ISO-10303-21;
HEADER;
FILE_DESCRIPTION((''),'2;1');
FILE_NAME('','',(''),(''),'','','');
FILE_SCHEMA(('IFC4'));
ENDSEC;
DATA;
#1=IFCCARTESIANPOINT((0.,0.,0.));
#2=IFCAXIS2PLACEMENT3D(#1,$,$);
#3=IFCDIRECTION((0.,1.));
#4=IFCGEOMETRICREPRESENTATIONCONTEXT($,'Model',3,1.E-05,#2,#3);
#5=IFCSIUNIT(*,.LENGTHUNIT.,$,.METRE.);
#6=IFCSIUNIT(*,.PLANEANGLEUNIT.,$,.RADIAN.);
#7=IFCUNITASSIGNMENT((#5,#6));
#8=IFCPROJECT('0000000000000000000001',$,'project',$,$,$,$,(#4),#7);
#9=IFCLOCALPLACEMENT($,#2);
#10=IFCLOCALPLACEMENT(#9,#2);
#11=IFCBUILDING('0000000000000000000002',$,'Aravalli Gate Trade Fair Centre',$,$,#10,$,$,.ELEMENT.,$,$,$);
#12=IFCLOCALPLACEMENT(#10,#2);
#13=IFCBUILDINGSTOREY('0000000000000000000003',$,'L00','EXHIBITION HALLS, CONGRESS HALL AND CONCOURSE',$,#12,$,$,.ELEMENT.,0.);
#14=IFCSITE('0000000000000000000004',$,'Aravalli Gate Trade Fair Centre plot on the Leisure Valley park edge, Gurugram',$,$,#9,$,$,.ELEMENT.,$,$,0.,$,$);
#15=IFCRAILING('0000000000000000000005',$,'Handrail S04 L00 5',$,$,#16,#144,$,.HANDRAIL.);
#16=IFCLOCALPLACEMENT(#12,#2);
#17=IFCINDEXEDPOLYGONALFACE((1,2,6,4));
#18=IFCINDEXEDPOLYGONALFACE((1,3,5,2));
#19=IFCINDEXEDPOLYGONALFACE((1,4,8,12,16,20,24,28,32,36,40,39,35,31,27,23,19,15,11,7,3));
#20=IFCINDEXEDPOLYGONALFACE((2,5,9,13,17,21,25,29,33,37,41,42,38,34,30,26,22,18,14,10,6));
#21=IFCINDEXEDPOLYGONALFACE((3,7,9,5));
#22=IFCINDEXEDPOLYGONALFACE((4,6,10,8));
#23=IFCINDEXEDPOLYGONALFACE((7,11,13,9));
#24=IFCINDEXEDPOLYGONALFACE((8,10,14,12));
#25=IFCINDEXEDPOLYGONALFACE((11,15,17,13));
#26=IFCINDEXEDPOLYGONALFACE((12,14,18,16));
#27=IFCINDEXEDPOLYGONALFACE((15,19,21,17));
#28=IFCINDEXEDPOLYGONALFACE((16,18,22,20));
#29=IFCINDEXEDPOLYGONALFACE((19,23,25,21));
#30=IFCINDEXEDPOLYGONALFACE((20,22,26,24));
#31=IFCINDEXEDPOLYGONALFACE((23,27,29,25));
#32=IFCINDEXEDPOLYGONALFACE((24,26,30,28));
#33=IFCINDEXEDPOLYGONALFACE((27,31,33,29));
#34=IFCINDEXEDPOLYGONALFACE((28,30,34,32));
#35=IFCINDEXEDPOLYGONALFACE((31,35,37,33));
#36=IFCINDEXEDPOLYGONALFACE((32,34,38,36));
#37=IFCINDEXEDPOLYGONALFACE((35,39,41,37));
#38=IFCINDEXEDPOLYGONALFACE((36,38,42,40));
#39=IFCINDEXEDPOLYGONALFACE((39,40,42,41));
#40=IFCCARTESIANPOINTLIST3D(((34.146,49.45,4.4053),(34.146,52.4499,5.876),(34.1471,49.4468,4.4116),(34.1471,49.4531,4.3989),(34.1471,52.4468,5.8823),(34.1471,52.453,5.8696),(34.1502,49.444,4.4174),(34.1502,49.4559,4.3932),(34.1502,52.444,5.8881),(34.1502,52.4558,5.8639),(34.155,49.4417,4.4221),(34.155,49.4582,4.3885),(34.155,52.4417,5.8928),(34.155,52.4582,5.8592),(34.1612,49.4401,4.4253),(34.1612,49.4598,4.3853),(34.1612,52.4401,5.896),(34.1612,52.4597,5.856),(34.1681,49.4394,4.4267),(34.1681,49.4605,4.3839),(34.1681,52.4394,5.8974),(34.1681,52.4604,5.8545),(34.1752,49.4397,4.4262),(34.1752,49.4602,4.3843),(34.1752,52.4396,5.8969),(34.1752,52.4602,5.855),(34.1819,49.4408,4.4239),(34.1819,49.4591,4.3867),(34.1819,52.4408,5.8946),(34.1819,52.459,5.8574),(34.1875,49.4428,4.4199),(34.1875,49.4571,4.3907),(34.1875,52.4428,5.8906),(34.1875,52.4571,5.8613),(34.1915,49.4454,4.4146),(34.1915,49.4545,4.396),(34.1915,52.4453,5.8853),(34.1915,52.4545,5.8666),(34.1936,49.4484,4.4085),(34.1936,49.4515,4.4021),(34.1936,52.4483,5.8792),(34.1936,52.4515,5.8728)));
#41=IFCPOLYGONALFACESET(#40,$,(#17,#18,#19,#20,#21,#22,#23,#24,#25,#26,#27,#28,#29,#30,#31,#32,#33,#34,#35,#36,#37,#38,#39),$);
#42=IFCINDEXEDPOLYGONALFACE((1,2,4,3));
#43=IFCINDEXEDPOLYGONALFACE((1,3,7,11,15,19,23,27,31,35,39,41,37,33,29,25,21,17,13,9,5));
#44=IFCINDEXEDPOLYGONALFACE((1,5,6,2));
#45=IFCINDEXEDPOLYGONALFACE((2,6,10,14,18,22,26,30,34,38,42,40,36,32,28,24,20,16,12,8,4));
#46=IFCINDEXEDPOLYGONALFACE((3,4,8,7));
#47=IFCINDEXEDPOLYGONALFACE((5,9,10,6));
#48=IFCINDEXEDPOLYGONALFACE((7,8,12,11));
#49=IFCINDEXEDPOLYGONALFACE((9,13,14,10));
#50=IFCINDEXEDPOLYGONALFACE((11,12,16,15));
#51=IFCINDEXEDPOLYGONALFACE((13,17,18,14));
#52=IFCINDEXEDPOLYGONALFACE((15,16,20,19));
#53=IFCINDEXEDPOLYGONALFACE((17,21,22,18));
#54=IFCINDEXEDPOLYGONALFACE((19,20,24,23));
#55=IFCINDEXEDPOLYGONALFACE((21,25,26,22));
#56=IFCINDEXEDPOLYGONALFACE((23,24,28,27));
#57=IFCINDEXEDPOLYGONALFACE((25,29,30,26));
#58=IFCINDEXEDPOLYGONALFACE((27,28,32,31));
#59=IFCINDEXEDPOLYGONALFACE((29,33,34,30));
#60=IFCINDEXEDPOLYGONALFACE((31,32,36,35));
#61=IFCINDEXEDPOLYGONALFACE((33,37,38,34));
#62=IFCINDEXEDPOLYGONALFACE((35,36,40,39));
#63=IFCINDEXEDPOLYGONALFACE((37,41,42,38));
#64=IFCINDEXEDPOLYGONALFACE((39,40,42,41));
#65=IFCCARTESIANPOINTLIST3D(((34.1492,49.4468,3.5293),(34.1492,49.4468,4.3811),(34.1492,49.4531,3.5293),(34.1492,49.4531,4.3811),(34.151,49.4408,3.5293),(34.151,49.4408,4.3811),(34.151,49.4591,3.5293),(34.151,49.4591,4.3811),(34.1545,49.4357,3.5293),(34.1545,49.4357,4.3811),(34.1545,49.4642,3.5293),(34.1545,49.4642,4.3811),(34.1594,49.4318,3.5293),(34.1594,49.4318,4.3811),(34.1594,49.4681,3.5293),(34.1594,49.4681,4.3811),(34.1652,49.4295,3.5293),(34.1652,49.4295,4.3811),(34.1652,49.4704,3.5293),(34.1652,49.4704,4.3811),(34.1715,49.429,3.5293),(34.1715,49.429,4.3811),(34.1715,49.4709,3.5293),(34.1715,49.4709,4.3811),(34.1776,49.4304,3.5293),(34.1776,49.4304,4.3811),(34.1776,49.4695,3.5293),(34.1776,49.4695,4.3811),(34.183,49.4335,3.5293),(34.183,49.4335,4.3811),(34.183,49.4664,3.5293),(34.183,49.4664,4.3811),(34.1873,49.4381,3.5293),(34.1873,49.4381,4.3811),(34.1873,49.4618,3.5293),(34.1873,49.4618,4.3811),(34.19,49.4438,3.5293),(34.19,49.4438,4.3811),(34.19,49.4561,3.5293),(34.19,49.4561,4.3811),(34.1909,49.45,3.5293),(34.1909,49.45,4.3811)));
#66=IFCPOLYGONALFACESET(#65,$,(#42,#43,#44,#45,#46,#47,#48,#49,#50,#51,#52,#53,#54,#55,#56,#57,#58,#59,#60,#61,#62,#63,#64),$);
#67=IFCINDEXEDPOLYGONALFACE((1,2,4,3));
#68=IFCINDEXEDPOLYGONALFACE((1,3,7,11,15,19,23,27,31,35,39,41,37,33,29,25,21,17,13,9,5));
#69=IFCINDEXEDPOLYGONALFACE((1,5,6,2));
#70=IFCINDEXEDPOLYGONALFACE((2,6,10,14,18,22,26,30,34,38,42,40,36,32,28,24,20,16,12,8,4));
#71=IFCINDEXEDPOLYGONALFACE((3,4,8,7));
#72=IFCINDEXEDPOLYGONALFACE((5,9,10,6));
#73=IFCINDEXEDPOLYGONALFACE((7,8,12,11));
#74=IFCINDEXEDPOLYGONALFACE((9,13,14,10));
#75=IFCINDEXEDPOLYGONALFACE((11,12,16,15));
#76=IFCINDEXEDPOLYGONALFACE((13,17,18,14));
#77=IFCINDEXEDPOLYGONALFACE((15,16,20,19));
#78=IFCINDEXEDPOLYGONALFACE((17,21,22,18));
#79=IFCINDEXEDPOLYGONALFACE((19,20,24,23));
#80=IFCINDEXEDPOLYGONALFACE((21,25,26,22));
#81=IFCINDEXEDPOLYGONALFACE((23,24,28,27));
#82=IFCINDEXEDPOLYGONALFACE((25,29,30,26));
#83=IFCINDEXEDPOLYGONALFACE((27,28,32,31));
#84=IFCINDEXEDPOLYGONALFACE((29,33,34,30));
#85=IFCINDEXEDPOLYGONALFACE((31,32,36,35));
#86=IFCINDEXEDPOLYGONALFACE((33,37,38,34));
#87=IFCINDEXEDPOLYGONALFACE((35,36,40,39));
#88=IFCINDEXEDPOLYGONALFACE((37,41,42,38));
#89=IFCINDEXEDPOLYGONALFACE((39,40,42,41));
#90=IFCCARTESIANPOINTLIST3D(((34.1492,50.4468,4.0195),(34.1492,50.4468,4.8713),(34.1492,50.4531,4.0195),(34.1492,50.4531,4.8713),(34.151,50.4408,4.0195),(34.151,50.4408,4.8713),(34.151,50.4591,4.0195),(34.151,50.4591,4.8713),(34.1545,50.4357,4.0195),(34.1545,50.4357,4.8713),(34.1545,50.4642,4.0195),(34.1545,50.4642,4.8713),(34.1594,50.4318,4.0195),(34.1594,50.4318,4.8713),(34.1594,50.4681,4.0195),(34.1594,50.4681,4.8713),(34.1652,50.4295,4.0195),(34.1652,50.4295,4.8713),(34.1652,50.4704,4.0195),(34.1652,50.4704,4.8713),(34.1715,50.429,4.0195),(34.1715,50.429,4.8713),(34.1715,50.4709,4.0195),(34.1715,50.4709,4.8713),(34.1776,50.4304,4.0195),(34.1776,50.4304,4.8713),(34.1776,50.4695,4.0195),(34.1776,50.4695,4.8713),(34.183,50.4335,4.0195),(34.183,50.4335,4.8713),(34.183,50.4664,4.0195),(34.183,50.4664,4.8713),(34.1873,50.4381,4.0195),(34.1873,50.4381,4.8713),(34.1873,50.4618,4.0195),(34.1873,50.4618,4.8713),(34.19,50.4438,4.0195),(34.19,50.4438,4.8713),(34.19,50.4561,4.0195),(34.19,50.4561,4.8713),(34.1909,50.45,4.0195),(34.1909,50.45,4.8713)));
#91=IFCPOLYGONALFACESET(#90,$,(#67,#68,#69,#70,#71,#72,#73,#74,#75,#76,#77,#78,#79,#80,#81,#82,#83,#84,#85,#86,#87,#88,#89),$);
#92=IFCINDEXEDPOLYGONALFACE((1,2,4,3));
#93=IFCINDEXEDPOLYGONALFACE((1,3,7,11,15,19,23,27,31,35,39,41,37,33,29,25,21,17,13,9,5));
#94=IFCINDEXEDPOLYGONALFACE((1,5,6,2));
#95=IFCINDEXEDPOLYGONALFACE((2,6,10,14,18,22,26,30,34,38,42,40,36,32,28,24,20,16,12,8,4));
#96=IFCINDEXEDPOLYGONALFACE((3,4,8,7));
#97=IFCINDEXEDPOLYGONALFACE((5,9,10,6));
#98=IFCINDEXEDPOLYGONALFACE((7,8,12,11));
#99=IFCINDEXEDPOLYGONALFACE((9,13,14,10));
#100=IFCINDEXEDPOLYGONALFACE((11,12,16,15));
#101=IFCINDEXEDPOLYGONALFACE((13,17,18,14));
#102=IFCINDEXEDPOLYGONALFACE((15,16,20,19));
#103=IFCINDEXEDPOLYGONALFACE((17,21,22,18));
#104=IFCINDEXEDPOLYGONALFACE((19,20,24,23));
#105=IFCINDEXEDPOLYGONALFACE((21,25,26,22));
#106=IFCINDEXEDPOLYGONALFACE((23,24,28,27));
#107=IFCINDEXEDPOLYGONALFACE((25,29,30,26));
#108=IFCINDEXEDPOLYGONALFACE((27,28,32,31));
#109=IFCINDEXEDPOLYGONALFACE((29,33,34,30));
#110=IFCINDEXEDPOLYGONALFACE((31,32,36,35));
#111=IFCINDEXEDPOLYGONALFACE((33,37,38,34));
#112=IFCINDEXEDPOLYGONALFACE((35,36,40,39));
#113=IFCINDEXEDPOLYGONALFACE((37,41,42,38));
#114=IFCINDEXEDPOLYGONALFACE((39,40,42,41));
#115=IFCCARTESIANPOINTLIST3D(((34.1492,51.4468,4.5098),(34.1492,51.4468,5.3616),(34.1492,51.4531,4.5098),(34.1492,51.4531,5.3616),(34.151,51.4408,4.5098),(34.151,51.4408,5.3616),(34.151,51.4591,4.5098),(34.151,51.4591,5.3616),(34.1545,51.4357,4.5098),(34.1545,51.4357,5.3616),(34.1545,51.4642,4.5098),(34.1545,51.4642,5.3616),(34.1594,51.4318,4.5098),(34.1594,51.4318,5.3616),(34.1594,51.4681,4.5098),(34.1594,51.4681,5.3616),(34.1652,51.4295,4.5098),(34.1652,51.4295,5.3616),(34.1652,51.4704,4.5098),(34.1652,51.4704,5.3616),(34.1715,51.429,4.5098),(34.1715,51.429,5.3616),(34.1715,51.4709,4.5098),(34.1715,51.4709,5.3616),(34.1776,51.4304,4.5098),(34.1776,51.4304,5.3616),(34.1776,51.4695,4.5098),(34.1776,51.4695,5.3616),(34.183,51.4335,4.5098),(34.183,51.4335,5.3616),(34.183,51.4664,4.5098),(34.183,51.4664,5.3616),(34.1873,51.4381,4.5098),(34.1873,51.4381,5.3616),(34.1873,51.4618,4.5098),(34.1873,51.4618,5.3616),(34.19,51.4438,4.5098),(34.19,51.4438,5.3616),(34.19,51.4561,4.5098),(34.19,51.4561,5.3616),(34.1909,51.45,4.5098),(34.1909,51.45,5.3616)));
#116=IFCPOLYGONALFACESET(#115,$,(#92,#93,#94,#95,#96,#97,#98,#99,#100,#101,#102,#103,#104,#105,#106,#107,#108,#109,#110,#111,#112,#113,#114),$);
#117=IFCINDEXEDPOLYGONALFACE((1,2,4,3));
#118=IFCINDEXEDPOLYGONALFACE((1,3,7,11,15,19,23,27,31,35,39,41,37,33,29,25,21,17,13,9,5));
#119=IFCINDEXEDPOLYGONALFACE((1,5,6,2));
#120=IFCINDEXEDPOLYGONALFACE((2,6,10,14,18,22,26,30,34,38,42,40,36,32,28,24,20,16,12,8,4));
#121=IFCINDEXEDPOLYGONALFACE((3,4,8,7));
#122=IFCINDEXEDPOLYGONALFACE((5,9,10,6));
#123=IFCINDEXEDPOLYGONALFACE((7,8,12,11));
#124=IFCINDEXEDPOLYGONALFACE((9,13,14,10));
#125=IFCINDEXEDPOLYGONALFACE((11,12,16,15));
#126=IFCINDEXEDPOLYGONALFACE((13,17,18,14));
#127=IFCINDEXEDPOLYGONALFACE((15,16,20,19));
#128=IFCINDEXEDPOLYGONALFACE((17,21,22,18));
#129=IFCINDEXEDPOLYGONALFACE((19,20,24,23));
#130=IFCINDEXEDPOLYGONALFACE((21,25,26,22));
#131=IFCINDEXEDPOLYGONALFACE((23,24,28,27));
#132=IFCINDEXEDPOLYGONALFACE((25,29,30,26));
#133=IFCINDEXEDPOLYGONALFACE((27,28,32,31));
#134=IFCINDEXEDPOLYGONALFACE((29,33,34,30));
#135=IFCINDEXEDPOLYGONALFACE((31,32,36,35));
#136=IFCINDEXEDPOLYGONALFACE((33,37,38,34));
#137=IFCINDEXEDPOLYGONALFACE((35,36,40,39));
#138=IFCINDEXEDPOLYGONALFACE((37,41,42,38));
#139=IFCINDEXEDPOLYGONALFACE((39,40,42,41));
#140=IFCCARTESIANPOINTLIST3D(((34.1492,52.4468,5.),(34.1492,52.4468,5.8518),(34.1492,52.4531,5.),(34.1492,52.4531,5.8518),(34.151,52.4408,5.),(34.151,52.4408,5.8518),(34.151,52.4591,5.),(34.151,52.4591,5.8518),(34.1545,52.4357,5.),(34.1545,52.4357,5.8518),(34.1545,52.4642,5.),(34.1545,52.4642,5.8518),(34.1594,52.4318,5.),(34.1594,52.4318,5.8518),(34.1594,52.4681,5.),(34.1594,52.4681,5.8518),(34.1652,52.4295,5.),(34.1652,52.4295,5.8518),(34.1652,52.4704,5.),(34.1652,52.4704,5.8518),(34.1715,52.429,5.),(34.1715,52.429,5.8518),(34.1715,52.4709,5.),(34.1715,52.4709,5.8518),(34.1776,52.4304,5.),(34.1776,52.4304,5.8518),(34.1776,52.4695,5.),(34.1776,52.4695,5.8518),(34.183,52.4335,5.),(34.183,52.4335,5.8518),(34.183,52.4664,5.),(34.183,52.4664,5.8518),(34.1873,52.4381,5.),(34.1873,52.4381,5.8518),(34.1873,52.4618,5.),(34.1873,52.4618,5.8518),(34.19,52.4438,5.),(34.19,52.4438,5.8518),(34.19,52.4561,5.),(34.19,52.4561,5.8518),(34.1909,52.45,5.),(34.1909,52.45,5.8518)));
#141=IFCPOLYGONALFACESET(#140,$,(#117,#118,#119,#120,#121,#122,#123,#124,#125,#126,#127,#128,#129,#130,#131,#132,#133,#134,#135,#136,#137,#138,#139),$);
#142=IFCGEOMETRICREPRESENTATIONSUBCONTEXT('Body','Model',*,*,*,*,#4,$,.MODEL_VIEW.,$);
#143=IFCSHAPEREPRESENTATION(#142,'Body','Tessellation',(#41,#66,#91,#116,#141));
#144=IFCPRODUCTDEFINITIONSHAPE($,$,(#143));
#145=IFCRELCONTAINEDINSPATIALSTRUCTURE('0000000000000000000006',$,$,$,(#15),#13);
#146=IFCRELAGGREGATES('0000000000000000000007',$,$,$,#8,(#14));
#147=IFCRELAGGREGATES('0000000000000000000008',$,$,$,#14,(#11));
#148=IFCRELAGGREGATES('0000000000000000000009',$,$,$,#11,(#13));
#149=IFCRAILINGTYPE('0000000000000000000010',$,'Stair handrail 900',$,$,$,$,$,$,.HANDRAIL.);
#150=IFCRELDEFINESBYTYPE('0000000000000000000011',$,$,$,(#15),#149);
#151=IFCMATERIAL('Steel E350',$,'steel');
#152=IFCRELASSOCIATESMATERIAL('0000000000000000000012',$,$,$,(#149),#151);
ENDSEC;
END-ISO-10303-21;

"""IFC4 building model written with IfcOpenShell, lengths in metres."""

from ifc_helpers import new_model, si_unit, direction, frame, origin, origin_2d, place, context, subcontext, project, spatial, circle, extrude, material, type_object, element, save


model = new_model("IFC4")

# Units and contexts
model_context = context("Model", 3, precision=1e-05, world=origin(), true_north=direction((0.0, 1.0)))
body_context = subcontext(model_context, "Body", "Model", "MODEL_VIEW")
ifc_project = project(units=[si_unit("LENGTHUNIT", "METRE"), si_unit("PLANEANGLEUNIT", "RADIAN")], contexts=[model_context])

# Site, building, storey
site_placement = place(None, origin())
site = spatial("IfcSite", under=ifc_project, at=site_placement, Name="Aravalli Gate Trade Fair Centre plot on the Leisure Valley park edge, Gurugram", CompositionType="ELEMENT", RefElevation=0.0)
building_placement = place(site_placement, origin())
building = spatial("IfcBuilding", under=site, at=building_placement, Name="Aravalli Gate Trade Fair Centre", CompositionType="ELEMENT")
storey_placement = place(building_placement, origin())
storey = spatial("IfcBuildingStorey", under=building, at=storey_placement, Name="L00", Description="EXHIBITION HALLS, CONGRESS HALL AND CONCOURSE", CompositionType="ELEMENT", Elevation=0.0)

# Railing
ifc_material_1 = material(Name="Steel E350", Category="steel")
railing_type = type_object("IfcRailingType", Name="Stair handrail 900", PredefinedType="HANDRAIL", material=ifc_material_1)
for number, where, name in (
    (1, (34.1699, 49.45, 3.5293), "Handrail S04 L00 5"),
):
    element("IfcRailing", number, at=place(storey_placement, frame(where)), inside=storey, type_object=railing_type, Name=name, PredefinedType="HANDRAIL", context=body_context, shape_type="SweptSolid", body=[
        extrude(circle(Radius=0.0239, at=origin_2d()), frame((0.0, 0.0, 0.876), z_axis=(0.0, 0.897907, 0.440185), x_axis=(-1.0, 0.0, 0.0)), (0.0, 0.0, 1.0), 3.3411),
        extrude(circle(Radius=0.021, at=origin_2d()), origin(), (0.0, 0.0, 1.0), 0.8518),
        extrude(circle(Radius=0.021, at=origin_2d()), frame((0.0, 1.0, 0.4902)), (0.0, 0.0, 1.0), 0.8518),
        extrude(circle(Radius=0.021, at=origin_2d()), frame((0.0, 2.0, 0.9805)), (0.0, 0.0, 1.0), 0.8518),
        extrude(circle(Radius=0.021, at=origin_2d()), frame((0.0, 3.0, 1.4707)), (0.0, 0.0, 1.0), 0.8518),
    ])

save(model, "model.ifc")
